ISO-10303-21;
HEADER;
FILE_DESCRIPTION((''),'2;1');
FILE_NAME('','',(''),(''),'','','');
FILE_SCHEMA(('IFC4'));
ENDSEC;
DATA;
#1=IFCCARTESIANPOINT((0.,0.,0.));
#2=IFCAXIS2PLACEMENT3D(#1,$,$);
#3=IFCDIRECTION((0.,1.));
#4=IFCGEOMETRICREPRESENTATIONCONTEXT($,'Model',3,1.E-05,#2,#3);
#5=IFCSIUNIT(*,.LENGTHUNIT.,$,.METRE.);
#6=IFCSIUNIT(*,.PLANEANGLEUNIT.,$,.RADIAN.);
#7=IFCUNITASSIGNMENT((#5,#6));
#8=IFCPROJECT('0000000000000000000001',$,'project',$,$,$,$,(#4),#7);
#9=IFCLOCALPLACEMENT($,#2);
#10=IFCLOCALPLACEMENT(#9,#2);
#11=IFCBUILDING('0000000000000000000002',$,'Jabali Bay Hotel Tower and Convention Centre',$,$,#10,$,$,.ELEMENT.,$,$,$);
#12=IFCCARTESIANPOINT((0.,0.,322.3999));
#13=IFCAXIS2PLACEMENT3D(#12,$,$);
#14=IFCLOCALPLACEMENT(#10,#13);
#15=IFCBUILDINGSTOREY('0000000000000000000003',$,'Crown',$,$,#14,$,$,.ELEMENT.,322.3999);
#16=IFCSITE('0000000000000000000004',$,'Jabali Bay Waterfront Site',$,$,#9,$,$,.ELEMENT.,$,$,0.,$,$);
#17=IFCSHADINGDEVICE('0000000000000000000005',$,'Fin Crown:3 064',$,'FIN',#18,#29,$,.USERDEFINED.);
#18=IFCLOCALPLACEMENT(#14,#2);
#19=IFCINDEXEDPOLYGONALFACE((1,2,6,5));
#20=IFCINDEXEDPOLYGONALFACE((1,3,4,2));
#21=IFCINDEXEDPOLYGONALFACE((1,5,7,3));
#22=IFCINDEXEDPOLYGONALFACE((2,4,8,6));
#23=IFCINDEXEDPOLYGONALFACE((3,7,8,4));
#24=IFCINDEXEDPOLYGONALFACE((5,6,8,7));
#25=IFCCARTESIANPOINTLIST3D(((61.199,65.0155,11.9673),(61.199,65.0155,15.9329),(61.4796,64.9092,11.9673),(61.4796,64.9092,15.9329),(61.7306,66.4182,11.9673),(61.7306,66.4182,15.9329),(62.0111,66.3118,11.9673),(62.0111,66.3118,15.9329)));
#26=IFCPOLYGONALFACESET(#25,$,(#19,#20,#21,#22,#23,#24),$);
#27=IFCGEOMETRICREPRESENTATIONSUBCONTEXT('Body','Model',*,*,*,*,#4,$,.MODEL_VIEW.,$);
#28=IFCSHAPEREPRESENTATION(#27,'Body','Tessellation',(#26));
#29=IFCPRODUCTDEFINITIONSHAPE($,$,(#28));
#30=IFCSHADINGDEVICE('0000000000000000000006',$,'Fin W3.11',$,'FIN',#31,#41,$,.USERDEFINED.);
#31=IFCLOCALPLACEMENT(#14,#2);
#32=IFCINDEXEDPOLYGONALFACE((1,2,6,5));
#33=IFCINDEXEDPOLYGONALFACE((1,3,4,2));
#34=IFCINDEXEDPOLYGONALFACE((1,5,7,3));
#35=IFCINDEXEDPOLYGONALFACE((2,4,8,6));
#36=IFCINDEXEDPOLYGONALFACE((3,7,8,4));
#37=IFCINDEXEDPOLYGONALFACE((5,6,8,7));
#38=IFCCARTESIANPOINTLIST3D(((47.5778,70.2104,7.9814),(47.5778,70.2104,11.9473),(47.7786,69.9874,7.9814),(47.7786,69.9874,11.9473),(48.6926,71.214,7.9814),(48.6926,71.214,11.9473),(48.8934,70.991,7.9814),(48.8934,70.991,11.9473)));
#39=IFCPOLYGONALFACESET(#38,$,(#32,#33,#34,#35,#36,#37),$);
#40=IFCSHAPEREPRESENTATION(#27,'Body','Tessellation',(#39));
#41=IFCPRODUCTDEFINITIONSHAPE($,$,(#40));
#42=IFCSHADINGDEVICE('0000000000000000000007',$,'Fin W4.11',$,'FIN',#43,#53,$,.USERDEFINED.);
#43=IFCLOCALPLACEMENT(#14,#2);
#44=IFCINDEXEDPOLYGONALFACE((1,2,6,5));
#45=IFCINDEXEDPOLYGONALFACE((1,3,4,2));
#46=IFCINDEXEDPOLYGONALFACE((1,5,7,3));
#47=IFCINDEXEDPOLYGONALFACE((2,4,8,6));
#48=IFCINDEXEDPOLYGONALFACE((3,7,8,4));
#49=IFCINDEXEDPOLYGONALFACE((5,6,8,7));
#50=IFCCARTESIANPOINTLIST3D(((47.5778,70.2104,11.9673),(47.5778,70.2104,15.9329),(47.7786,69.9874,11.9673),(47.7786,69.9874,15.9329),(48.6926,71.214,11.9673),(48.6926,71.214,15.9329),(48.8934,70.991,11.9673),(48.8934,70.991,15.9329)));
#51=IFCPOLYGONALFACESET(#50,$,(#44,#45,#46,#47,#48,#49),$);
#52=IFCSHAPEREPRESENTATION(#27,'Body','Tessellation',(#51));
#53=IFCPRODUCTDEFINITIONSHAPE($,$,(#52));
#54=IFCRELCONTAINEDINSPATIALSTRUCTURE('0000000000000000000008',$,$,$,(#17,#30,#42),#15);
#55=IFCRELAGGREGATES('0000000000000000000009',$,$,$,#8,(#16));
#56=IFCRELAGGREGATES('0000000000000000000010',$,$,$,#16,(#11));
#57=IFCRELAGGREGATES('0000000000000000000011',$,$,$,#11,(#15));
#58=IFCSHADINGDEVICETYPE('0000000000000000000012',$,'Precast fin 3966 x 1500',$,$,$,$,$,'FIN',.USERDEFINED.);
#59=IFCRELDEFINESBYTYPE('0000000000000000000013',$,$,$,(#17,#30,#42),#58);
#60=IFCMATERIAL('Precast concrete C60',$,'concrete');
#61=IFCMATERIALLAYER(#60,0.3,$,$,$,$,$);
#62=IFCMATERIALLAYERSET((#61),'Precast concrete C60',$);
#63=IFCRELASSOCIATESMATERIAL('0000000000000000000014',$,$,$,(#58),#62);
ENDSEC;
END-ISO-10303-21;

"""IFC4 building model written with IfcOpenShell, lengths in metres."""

from ifc_helpers import new_model, si_unit, direction, frame, frame_2d, origin, place, context, subcontext, project, spatial, rectangle, extrude, material, layer, layer_set, type_object, element, save


model = new_model("IFC4")

# Units and contexts
model_context = context("Model", 3, precision=1e-05, world=origin(), true_north=direction((0.0, 1.0)))
body_context = subcontext(model_context, "Body", "Model", "MODEL_VIEW")
ifc_project = project(units=[si_unit("LENGTHUNIT", "METRE"), si_unit("PLANEANGLEUNIT", "RADIAN")], contexts=[model_context])

# Site, building, storey
site_placement = place(None, origin())
site = spatial("IfcSite", under=ifc_project, at=site_placement, Name="Jabali Bay Waterfront Site", CompositionType="ELEMENT", RefElevation=0.0)
building_placement = place(site_placement, origin())
building = spatial("IfcBuilding", under=site, at=building_placement, Name="Jabali Bay Hotel Tower and Convention Centre", CompositionType="ELEMENT")
storey_placement = place(building_placement, frame((0.0, 0.0, 322.3999)))
storey = spatial("IfcBuildingStorey", under=building, at=storey_placement, Name="Crown", CompositionType="ELEMENT", Elevation=322.3999)

# Shading devices
ifc_material_1 = material(Name="Precast concrete C60", Category="concrete")
ifc_layer = layer(ifc_material_1, 0.3)
ifc_layer_set = layer_set([ifc_layer], Name="Precast concrete C60")
shading_device_type = type_object("IfcShadingDeviceType", Name="Precast fin 3966 x 1500", ElementType="FIN", PredefinedType="USERDEFINED", material=ifc_layer_set)
for number, where, z_axis, x_axis, name in (
    (1, (61.8708, 66.365, 11.9673), (0.0, 0.0, 1.0), (-0.35435, -0.935113, 0.0), "Fin Crown:3 064"),
):
    element("IfcShadingDevice", number, at=place(storey_placement, frame(where, z_axis=z_axis, x_axis=x_axis)), inside=storey, type_object=shading_device_type, Name=name, ObjectType="FIN", PredefinedType="USERDEFINED", context=body_context, shape_type="SweptSolid", body=[
        extrude(rectangle(XDim=1.5, YDim=0.3, at=frame_2d((0.75, 0.0))), origin(), (0.0, 0.0, 1.0), 3.9656),
    ])
shading_device_1_placement = place(storey_placement, frame((48.793, 71.1025, 7.9814), z_axis=(0.0, 0.0, 1.0), x_axis=(-0.743165, -0.669109, 0.0)))
element("IfcShadingDevice", 2, at=shading_device_1_placement, inside=storey, type_object=shading_device_type, Name="Fin W3.11", ObjectType="FIN", PredefinedType="USERDEFINED", context=body_context, shape_type="SweptSolid", body=[
    extrude(rectangle(XDim=1.5, YDim=0.3, at=frame_2d((0.75, 0.0))), origin(), (0.0, 0.0, 1.0), 3.9658),
])
shading_device_2_placement = place(storey_placement, frame((48.793, 71.1025, 11.9673), z_axis=(0.0, 0.0, 1.0), x_axis=(-0.743165, -0.669109, 0.0)))
element("IfcShadingDevice", 3, at=shading_device_2_placement, inside=storey, type_object=shading_device_type, Name="Fin W4.11", ObjectType="FIN", PredefinedType="USERDEFINED", context=body_context, shape_type="SweptSolid", body=[
    extrude(rectangle(XDim=1.5, YDim=0.3, at=frame_2d((0.75, 0.0))), origin(), (0.0, 0.0, 1.0), 3.9656),
])

save(model, "model.ifc")
